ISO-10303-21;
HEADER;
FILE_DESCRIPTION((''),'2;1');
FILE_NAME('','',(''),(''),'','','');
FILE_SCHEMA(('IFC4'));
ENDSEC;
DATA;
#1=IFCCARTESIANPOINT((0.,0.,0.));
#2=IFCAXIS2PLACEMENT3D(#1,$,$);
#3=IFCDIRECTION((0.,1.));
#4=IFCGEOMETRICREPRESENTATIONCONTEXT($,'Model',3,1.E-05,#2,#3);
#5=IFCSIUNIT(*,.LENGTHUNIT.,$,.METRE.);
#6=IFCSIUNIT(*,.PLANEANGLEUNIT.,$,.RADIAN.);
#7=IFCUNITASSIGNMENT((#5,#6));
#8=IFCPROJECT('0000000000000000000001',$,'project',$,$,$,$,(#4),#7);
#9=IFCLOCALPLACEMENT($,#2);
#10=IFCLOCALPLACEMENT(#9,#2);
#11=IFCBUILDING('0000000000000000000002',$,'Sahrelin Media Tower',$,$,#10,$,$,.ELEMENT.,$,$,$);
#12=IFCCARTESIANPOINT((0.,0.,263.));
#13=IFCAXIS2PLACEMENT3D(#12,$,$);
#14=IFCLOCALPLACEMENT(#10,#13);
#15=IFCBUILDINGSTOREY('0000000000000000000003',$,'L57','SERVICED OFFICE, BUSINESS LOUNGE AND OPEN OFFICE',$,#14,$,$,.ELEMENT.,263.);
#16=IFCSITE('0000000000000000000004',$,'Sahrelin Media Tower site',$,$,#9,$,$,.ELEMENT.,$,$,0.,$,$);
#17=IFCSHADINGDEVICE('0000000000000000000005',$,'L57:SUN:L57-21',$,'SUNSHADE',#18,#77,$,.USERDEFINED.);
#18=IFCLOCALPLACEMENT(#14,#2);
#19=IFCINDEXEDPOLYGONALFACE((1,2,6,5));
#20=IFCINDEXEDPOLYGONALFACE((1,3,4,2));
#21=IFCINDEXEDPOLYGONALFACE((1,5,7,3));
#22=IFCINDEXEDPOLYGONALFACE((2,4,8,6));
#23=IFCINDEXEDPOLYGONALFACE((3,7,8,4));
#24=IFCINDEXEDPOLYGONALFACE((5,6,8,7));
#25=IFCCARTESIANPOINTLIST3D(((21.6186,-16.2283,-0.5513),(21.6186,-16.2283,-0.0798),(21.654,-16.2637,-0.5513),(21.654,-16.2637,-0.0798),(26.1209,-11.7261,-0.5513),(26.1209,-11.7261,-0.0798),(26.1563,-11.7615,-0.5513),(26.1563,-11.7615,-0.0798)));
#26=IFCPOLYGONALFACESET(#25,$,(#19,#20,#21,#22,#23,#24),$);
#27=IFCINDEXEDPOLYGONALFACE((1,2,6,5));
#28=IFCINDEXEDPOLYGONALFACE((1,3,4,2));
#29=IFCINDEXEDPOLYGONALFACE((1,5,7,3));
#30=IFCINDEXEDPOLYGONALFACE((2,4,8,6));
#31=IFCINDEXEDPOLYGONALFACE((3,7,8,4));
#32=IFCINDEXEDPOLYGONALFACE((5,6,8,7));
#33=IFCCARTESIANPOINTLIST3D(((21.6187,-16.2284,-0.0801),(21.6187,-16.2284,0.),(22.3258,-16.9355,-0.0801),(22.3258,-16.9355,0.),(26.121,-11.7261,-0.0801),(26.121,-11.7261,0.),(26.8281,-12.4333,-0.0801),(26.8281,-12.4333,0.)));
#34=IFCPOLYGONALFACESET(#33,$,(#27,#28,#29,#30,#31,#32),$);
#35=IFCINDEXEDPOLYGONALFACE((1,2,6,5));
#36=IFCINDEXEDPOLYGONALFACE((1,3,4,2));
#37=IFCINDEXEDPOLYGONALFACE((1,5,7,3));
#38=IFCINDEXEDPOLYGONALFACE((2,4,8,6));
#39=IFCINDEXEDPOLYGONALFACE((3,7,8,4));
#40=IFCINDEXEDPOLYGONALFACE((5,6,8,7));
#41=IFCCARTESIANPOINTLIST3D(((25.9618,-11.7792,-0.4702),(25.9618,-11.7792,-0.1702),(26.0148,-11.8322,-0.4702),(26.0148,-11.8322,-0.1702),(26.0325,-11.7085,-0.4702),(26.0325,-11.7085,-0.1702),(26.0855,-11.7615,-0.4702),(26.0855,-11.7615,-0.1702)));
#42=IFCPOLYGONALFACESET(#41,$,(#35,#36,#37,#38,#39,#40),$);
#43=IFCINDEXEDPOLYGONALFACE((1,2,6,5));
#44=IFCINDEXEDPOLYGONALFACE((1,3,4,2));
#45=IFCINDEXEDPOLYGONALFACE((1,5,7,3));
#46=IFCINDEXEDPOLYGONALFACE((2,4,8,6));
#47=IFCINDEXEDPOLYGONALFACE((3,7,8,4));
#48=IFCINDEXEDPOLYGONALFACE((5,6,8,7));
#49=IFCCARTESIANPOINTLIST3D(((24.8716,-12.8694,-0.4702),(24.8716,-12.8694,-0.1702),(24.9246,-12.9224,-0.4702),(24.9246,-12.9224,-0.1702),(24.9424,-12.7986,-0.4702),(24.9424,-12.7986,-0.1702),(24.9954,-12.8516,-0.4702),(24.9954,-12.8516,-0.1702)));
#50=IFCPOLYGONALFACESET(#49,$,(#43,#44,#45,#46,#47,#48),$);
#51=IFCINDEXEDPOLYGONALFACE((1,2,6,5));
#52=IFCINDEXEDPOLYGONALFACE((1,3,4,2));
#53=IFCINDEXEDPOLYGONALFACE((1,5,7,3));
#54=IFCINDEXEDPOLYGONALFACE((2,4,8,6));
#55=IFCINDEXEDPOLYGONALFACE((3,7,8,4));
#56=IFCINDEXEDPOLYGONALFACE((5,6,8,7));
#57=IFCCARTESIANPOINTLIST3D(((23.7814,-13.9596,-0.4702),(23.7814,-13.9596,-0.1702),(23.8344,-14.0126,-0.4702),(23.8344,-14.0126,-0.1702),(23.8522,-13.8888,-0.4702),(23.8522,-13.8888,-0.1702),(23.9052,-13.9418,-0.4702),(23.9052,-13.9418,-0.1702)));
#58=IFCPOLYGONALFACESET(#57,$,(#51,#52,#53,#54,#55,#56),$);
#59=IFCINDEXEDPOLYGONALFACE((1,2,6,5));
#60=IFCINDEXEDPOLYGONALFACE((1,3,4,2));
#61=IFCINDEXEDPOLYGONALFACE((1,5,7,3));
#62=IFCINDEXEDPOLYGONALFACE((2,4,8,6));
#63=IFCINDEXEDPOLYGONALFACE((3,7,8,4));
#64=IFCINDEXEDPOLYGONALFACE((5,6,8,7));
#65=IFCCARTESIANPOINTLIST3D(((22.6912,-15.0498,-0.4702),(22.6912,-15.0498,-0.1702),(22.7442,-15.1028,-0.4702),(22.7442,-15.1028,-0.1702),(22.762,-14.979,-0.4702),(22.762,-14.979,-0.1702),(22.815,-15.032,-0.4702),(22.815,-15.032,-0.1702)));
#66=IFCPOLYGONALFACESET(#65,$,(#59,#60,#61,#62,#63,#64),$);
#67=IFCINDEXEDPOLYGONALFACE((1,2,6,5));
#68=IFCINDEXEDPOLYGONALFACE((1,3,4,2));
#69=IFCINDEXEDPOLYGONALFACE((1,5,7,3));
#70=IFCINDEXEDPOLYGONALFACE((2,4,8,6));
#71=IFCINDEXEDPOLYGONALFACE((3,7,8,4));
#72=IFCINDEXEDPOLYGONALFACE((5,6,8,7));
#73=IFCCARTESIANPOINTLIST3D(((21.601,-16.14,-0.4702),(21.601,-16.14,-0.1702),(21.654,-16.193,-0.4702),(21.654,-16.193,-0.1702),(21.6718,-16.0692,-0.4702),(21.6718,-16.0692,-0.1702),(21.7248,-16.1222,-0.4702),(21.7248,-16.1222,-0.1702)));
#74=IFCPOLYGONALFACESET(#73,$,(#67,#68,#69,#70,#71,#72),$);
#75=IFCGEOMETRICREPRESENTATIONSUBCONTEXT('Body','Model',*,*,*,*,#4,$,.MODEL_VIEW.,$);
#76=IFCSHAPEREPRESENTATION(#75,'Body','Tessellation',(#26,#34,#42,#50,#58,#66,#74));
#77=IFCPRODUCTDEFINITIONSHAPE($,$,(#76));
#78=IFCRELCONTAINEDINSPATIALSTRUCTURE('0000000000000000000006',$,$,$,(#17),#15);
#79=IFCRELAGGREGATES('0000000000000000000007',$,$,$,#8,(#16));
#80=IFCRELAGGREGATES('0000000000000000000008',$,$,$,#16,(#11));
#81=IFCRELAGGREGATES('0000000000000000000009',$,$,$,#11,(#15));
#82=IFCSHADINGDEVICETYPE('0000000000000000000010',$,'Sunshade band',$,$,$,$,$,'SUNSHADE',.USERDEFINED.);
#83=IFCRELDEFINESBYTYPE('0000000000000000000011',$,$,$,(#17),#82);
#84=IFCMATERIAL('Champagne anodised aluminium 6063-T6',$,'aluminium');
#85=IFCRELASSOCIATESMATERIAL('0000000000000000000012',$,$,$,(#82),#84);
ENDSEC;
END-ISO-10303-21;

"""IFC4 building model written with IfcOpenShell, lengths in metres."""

from ifc_helpers import new_model, si_unit, direction, frame, origin, origin_2d, place, context, subcontext, project, spatial, rectangle, extrude, material, type_object, element, save


model = new_model("IFC4")

# Units and contexts
model_context = context("Model", 3, precision=1e-05, world=origin(), true_north=direction((0.0, 1.0)))
body_context = subcontext(model_context, "Body", "Model", "MODEL_VIEW")
ifc_project = project(units=[si_unit("LENGTHUNIT", "METRE"), si_unit("PLANEANGLEUNIT", "RADIAN")], contexts=[model_context])

# Site, building, storey
site_placement = place(None, origin())
site = spatial("IfcSite", under=ifc_project, at=site_placement, Name="Sahrelin Media Tower site", CompositionType="ELEMENT", RefElevation=0.0)
building_placement = place(site_placement, origin())
building = spatial("IfcBuilding", under=site, at=building_placement, Name="Sahrelin Media Tower", CompositionType="ELEMENT")
storey_placement = place(building_placement, frame((0.0, 0.0, 263.0)))
storey = spatial("IfcBuildingStorey", under=building, at=storey_placement, Name="L57", Description="SERVICED OFFICE, BUSINESS LOUNGE AND OPEN OFFICE", CompositionType="ELEMENT", Elevation=263.0)

# Shared definitions
ifc_material_1 = material(Name="Champagne anodised aluminium 6063-T6", Category="aluminium")

# Shared definitions
placement = place(storey_placement, frame((23.8557, -13.9631, 0.0), z_axis=(0.0, 0.0, 1.0), x_axis=(-0.707107, -0.707107, 0.0)))

# Shading device
shading_device_type_1 = type_object("IfcShadingDeviceType", Name="Sunshade band", ElementType="SUNSHADE", PredefinedType="USERDEFINED", material=ifc_material_1)
element("IfcShadingDevice", 1, at=placement, inside=storey, type_object=shading_device_type_1, Name="L57:SUN:L57-21", ObjectType="SUNSHADE", PredefinedType="USERDEFINED", context=body_context, shape_type="SweptSolid", body=[
    extrude(rectangle(XDim=6.3672, YDim=0.05, at=origin_2d()), frame((0.0, 0.0449, -0.5513)), (0.0, 0.0, 1.0), 0.4714),
    extrude(rectangle(XDim=6.3672, YDim=1.0, at=origin_2d()), frame((0.0, 0.52, -0.0801)), (0.0, 0.0, 1.0), 0.0801),
    extrude(rectangle(XDim=0.1001, YDim=0.075, at=origin_2d()), frame((-3.0835, -0.0176, -0.4702)), (0.0, 0.0, 1.0), 0.3),
    extrude(rectangle(XDim=0.1001, YDim=0.075, at=origin_2d()), frame((-1.5417, -0.0176, -0.4702)), (0.0, 0.0, 1.0), 0.3),
    extrude(rectangle(XDim=0.1001, YDim=0.075, at=origin_2d()), frame((0.0, -0.0176, -0.4702)), (0.0, 0.0, 1.0), 0.3),
    extrude(rectangle(XDim=0.1001, YDim=0.075, at=origin_2d()), frame((1.5417, -0.0176, -0.4702)), (0.0, 0.0, 1.0), 0.3),
    extrude(rectangle(XDim=0.1001, YDim=0.075, at=origin_2d()), frame((3.0835, -0.0176, -0.4702)), (0.0, 0.0, 1.0), 0.3),
])

save(model, "model.ifc")
